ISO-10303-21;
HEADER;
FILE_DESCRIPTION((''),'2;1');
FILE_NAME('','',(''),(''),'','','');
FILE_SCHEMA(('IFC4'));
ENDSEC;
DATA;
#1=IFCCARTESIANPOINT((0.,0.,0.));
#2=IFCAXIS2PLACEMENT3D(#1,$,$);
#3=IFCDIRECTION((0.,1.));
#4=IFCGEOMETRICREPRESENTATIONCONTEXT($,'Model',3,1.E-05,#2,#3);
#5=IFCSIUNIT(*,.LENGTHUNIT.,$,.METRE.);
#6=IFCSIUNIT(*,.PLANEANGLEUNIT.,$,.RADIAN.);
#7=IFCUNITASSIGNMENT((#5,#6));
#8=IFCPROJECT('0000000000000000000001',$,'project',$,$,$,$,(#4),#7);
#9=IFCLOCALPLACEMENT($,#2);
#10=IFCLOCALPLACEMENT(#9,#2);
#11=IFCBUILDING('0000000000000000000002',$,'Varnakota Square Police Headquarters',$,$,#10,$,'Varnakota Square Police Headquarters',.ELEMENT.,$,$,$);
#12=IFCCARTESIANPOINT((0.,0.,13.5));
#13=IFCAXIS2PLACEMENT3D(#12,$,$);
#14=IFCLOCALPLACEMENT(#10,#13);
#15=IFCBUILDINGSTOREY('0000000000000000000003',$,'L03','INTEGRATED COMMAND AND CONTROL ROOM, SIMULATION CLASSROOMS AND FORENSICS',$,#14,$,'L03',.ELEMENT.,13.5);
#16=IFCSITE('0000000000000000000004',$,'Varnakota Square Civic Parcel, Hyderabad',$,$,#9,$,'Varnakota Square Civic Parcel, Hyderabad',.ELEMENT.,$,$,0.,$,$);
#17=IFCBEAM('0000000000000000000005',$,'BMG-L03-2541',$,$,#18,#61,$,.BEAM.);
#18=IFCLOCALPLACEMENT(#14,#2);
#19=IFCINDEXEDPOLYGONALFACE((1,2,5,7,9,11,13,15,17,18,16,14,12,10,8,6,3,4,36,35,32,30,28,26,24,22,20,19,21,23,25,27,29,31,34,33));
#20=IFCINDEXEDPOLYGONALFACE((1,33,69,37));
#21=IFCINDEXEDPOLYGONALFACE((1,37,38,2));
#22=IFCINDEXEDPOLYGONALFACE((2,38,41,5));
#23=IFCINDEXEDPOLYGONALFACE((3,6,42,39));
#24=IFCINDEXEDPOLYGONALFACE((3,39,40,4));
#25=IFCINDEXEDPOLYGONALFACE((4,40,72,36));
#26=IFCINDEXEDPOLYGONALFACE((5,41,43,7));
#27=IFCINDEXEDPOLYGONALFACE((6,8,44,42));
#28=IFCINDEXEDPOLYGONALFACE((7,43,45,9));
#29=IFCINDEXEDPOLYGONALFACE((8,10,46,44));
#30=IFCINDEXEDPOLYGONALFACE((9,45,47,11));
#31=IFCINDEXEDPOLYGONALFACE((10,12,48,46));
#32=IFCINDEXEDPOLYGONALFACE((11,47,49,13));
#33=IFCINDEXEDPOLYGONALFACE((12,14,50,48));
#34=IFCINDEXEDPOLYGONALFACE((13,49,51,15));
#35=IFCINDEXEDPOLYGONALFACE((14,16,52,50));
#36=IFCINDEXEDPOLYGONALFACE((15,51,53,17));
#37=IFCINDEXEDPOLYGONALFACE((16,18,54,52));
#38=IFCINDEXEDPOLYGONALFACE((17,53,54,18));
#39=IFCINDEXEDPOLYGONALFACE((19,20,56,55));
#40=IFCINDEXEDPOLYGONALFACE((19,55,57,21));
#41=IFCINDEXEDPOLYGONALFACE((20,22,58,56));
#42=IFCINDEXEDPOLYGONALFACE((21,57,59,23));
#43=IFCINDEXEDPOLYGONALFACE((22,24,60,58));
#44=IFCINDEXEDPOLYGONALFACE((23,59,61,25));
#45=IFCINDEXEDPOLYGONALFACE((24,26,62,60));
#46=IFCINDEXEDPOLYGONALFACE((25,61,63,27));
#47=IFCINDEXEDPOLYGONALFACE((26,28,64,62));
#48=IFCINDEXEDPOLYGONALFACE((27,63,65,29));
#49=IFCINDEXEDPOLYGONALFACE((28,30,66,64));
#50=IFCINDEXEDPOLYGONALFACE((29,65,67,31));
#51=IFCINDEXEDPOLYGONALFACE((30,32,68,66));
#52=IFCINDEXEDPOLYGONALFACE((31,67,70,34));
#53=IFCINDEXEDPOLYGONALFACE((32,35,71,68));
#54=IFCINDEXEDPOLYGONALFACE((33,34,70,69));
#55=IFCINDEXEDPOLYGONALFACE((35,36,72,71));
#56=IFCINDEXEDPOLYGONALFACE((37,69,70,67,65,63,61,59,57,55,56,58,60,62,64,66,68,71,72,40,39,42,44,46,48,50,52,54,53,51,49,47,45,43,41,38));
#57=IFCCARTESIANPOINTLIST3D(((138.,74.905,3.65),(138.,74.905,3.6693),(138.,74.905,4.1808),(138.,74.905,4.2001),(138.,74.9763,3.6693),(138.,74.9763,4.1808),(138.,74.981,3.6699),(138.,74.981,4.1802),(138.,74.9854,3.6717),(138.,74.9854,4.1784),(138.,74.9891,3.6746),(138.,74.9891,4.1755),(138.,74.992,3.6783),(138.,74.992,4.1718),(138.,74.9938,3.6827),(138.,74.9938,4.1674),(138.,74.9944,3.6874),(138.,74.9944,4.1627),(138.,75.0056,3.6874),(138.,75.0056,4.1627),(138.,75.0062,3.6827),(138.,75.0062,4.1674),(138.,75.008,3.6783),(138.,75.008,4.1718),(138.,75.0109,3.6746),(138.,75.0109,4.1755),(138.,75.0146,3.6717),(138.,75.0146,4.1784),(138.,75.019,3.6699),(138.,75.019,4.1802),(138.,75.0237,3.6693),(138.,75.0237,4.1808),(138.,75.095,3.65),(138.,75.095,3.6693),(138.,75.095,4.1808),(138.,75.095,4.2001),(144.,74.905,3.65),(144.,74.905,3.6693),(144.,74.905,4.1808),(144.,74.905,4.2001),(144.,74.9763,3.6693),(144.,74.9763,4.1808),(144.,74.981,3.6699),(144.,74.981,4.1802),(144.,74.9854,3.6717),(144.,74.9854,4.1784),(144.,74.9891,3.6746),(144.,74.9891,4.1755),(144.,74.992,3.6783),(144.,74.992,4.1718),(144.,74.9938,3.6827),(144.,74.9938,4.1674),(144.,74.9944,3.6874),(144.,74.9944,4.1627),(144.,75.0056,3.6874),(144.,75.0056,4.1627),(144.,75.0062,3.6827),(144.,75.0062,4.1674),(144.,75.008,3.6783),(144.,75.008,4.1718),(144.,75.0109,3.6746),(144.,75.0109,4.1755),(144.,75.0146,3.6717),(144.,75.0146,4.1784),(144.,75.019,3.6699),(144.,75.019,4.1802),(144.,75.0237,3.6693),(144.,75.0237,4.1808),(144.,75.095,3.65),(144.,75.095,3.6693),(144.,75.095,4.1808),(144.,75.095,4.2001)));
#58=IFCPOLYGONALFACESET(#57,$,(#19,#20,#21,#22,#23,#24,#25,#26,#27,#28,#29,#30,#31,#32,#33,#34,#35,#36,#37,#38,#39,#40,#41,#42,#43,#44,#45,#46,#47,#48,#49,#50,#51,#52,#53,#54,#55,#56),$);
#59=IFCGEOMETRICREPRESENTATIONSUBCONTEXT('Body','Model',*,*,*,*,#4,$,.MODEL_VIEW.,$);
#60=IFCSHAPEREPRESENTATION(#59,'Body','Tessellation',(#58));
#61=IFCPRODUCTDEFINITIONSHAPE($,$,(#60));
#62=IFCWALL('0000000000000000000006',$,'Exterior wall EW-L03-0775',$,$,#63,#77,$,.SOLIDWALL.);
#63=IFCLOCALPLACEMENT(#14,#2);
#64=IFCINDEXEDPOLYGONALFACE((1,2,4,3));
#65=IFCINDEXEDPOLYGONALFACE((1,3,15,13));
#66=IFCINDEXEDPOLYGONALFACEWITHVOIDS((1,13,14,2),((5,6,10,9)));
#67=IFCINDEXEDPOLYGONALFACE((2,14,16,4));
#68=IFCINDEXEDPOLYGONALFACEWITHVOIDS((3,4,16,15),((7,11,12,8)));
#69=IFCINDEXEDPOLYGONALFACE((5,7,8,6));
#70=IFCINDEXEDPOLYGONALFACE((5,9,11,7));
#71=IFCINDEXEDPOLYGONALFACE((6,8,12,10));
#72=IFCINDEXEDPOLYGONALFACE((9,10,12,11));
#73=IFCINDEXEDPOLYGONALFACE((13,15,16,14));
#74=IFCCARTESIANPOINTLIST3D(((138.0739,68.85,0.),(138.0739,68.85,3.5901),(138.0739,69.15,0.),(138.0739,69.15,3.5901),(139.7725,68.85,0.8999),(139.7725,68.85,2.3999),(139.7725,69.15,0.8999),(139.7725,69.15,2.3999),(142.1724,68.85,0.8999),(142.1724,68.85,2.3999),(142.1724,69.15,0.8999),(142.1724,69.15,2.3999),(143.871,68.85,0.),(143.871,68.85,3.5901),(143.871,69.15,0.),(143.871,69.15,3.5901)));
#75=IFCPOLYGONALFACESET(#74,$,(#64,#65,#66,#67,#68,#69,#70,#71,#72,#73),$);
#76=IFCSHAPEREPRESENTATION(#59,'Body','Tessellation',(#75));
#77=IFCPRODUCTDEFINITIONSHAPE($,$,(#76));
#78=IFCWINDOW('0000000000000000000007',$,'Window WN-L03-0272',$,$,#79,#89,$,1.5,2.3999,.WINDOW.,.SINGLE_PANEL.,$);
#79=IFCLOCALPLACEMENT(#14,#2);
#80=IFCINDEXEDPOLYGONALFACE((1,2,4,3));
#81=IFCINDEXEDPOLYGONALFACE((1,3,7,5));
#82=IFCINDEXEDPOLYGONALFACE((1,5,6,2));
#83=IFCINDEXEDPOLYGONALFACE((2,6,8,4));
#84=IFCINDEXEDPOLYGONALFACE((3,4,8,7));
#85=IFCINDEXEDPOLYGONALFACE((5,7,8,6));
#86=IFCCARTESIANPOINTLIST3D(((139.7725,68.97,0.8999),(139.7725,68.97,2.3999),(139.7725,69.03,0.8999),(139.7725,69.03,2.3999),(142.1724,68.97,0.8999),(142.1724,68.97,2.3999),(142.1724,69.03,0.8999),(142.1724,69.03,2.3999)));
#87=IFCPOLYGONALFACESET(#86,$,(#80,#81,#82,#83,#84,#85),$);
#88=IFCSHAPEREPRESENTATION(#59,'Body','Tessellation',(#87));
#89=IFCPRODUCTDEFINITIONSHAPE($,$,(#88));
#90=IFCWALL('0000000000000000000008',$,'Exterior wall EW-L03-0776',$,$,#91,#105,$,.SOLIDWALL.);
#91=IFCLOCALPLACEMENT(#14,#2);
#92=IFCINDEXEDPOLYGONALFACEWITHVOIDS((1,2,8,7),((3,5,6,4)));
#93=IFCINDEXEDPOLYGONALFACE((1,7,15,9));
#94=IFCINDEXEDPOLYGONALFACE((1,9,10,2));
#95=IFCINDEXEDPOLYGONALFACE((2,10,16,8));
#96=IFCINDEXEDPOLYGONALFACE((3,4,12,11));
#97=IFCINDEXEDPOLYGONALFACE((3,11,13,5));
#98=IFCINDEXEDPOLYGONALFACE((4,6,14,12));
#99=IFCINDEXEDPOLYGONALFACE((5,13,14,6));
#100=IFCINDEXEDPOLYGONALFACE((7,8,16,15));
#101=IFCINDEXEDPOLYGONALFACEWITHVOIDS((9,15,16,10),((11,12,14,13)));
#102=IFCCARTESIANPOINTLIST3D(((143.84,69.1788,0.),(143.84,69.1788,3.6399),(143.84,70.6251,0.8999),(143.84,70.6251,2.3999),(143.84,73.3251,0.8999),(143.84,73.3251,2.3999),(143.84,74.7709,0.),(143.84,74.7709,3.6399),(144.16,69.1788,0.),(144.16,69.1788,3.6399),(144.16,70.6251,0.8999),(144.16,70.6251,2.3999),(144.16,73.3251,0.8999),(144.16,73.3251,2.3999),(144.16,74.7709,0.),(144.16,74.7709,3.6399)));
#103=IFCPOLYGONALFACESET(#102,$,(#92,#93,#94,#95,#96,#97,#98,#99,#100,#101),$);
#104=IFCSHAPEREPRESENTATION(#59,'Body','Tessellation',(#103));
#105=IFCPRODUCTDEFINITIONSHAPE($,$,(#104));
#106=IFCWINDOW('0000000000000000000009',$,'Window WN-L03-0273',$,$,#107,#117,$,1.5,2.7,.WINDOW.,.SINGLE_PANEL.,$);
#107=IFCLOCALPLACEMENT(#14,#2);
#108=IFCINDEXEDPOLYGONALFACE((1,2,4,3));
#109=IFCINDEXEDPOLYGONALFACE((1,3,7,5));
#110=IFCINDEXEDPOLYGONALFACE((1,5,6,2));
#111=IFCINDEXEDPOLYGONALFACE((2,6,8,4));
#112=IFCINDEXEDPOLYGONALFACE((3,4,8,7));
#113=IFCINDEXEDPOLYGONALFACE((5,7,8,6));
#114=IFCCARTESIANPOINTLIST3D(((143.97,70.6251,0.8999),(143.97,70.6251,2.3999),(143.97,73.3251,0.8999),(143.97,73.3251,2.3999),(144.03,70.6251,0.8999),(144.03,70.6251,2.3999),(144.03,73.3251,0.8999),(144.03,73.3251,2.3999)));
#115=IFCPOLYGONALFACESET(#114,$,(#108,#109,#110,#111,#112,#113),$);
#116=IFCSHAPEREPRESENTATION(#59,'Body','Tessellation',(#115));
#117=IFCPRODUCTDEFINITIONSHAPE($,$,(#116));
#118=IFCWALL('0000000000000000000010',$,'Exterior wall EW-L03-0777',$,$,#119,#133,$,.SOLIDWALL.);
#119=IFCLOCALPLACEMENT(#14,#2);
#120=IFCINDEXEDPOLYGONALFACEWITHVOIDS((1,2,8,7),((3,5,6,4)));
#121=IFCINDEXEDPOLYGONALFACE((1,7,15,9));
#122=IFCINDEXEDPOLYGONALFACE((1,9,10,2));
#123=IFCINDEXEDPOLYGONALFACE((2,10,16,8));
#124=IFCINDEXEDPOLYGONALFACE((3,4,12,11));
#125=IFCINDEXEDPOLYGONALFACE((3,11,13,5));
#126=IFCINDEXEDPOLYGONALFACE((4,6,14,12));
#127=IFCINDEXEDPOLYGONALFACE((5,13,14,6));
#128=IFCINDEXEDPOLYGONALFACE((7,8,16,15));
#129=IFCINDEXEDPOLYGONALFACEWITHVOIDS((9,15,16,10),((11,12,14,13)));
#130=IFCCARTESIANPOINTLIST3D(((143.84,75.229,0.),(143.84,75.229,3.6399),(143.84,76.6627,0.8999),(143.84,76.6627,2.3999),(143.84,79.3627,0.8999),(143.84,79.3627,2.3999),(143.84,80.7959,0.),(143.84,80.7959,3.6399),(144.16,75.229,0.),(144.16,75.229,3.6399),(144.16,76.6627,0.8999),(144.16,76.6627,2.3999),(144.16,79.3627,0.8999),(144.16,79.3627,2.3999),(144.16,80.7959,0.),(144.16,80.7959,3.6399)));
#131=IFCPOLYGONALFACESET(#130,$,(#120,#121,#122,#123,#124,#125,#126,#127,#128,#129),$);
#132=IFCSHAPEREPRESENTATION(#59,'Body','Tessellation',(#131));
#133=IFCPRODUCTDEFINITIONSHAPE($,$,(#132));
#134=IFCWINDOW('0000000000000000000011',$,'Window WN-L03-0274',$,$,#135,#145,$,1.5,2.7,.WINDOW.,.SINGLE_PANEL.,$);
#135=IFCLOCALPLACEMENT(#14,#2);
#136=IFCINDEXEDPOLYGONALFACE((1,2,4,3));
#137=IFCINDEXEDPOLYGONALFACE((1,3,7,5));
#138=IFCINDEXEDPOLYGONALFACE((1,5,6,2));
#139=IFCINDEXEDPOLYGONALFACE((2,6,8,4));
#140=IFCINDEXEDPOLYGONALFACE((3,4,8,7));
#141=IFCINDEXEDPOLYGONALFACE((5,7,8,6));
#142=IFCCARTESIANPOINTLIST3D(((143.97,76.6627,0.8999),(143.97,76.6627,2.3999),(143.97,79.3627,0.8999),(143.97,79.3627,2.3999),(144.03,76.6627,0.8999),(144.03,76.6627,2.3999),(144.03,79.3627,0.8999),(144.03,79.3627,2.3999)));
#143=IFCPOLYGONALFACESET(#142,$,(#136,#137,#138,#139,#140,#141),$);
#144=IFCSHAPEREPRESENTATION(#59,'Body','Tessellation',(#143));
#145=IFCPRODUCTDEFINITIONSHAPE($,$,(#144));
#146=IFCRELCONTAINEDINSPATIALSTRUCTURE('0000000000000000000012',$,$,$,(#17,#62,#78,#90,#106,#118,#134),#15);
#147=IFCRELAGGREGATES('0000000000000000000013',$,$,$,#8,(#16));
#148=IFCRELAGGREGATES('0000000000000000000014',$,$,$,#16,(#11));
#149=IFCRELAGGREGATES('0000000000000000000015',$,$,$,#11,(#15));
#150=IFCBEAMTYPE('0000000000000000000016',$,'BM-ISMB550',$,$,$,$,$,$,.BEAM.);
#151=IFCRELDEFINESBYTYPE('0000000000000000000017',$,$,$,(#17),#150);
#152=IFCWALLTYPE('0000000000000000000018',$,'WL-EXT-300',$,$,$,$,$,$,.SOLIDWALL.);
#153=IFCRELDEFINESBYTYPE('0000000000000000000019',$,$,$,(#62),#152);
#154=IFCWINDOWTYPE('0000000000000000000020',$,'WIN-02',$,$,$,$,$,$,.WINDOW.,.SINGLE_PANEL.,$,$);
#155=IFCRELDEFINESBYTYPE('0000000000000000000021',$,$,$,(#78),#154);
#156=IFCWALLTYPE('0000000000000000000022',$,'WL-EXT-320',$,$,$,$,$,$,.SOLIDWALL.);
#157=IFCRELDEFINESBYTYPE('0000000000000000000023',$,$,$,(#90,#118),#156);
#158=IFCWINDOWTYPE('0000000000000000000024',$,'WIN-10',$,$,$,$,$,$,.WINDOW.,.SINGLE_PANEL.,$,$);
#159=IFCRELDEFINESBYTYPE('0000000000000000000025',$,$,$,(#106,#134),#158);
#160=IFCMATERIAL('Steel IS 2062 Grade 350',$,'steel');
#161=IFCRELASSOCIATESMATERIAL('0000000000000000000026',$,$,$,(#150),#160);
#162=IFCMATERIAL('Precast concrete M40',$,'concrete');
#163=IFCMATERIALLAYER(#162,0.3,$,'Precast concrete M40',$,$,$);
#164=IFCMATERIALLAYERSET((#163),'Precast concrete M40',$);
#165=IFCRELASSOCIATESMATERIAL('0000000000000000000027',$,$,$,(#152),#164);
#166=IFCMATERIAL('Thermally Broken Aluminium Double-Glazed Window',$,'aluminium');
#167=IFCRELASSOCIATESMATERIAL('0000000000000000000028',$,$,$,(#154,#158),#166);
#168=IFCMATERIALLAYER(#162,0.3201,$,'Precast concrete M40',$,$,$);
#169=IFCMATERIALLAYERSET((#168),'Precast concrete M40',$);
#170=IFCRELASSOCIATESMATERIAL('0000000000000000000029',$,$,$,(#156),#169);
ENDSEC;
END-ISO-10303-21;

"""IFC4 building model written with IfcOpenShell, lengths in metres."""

from ifc_helpers import new_model, si_unit, direction, frame, frame_2d, origin, origin_2d, place, context, subcontext, project, spatial, rectangle, i_section, extrude, material, layer, layer_set, material_profile, profile_set, type_object, element, fill, save


model = new_model("IFC4")

# Units and contexts
model_context = context("Model", 3, precision=1e-05, world=origin(), true_north=direction((0.0, 1.0)))
body_context = subcontext(model_context, "Body", "Model", "MODEL_VIEW")
ifc_project = project(units=[si_unit("LENGTHUNIT", "METRE"), si_unit("PLANEANGLEUNIT", "RADIAN")], contexts=[model_context])

# Site, building, storey
site_placement = place(None, origin())
site = spatial("IfcSite", under=ifc_project, at=site_placement, Name="Varnakota Square Civic Parcel, Hyderabad", LongName="Varnakota Square Civic Parcel, Hyderabad", CompositionType="ELEMENT", RefElevation=0.0)
building_placement = place(site_placement, origin())
building = spatial("IfcBuilding", under=site, at=building_placement, Name="Varnakota Square Police Headquarters", LongName="Varnakota Square Police Headquarters", CompositionType="ELEMENT")
storey_placement = place(building_placement, frame((0.0, 0.0, 13.5)))
storey = spatial("IfcBuildingStorey", under=building, at=storey_placement, Name="L03", Description="INTEGRATED COMMAND AND CONTROL ROOM, SIMULATION CLASSROOMS AND FORENSICS", LongName="L03", CompositionType="ELEMENT", Elevation=13.5)

# Shared definitions
ifc_material_1 = material(Name="Steel IS 2062 Grade 350", Category="steel")

# Beam
ifc_material_profile_1 = material_profile(ifc_material_1, i_section(OverallWidth=0.1899, OverallDepth=0.55, WebThickness=0.0112, FlangeThickness=0.0193, FilletRadius=0.0181, at=origin_2d()), Name="ISMB 550")
ifc_profile_set_1 = profile_set([ifc_material_profile_1], Name="Steel IS 2062 Grade 350")
beam_type_1 = type_object("IfcBeamType", Name="BM-ISMB550", PredefinedType="BEAM", material=ifc_profile_set_1)
for number, where, z_axis, x_axis, name in (
    (1, (138.0, 75.0, 3.925), (1.0, 0.0, 0.0), (0.0, 1.0, 0.0), "BMG-L03-2541"),
):
    element("IfcBeam", number, at=place(storey_placement, frame(where, z_axis=z_axis, x_axis=x_axis)), inside=storey, type_object=beam_type_1, Name=name, PredefinedType="BEAM", context=body_context, shape_type="SweptSolid", body=[
        extrude(i_section(OverallWidth=0.1899, OverallDepth=0.55, WebThickness=0.0112, FlangeThickness=0.0193, FilletRadius=0.0181, at=origin_2d()), origin(), (0.0, 0.0, 1.0), 6.0),
    ])

# Walls, openings, windows
ifc_material_2 = material(Name="Precast concrete M40", Category="concrete")
ifc_layer_1 = layer(ifc_material_2, 0.3, Name="Precast concrete M40")
ifc_layer_set_1 = layer_set([ifc_layer_1], Name="Precast concrete M40")
wall_type_1 = type_object("IfcWallType", Name="WL-EXT-300", PredefinedType="SOLIDWALL", material=ifc_layer_set_1)
wall_1_placement = place(storey_placement, frame((138.074, 69.0, 0.0), z_axis=(0.0, 0.0, 1.0), x_axis=(1.0, 0.0, 0.0)))
wall_1 = element("IfcWall", 2, at=wall_1_placement, inside=storey, type_object=wall_type_1, Name="Exterior wall EW-L03-0775", PredefinedType="SOLIDWALL", context=body_context, shape_type="SweptSolid", body=[
    extrude(rectangle(XDim=5.7971, YDim=0.3, at=frame_2d((2.8984, 0.0))), origin(), (0.0, 0.0, 1.0), 3.5901),
])
opening_1_placement = place(wall_1_placement, frame((1.6985, 0.0, 0.8999)))
opening_1 = element("IfcOpeningElement", 3, at=opening_1_placement, cuts=wall_1, PredefinedType="OPENING", context=body_context, shape_type="SweptSolid", body=[
    extrude(rectangle(XDim=2.3999, YDim=1.5, at=frame_2d((1.2, 0.75))), frame((0.0, 0.1599, 0.0), z_axis=(0.0, -1.0, 0.0), x_axis=(1.0, 0.0, 0.0)), (0.0, 0.0, 1.0), 0.3201),
])
ifc_material_3 = material(Name="Thermally Broken Aluminium Double-Glazed Window", Category="aluminium")
window_type_1 = type_object("IfcWindowType", Name="WIN-02", PartitioningType="SINGLE_PANEL", PredefinedType="WINDOW", material=ifc_material_3)
window_1_placement = place(opening_1_placement, origin())
window_1 = element("IfcWindow", 4, at=window_1_placement, inside=storey, type_object=window_type_1, Name="Window WN-L03-0272", OverallHeight=1.5, OverallWidth=2.3999, PartitioningType="SINGLE_PANEL", PredefinedType="WINDOW", context=body_context, shape_type="SweptSolid", body=[
    extrude(rectangle(XDim=2.3999, YDim=1.5, at=frame_2d((1.2, 0.75))), frame((0.0, 0.03, 0.0), z_axis=(0.0, -1.0, 0.0), x_axis=(1.0, 0.0, 0.0)), (0.0, 0.0, 1.0), 0.0601),
])
fill(opening_1, window_1)
ifc_layer_2 = layer(ifc_material_2, 0.3201, Name="Precast concrete M40")
ifc_layer_set_2 = layer_set([ifc_layer_2], Name="Precast concrete M40")
wall_type_2 = type_object("IfcWallType", Name="WL-EXT-320", PredefinedType="SOLIDWALL", material=ifc_layer_set_2)
wall_2_placement = place(storey_placement, frame((144.0, 69.179, 0.0), z_axis=(0.0, 0.0, 1.0), x_axis=(0.0, 1.0, 0.0)))
wall_2 = element("IfcWall", 5, at=wall_2_placement, inside=storey, type_object=wall_type_2, Name="Exterior wall EW-L03-0776", PredefinedType="SOLIDWALL", context=body_context, shape_type="SweptSolid", body=[
    extrude(rectangle(XDim=5.592, YDim=0.3201, at=frame_2d((2.7959, 0.0))), origin(), (0.0, 0.0, 1.0), 3.6399),
])
opening_2_placement = place(wall_2_placement, frame((1.446, 0.0, 0.8999)))
opening_2 = element("IfcOpeningElement", 6, at=opening_2_placement, cuts=wall_2, PredefinedType="OPENING", context=body_context, shape_type="SweptSolid", body=[
    extrude(rectangle(XDim=2.7, YDim=1.5, at=frame_2d((1.3501, 0.75))), frame((0.0, 0.1699, 0.0), z_axis=(0.0, -1.0, 0.0), x_axis=(1.0, 0.0, 0.0)), (0.0, 0.0, 1.0), 0.3401),
])
window_type_2 = type_object("IfcWindowType", Name="WIN-10", PartitioningType="SINGLE_PANEL", PredefinedType="WINDOW", material=ifc_material_3)
window_2_placement = place(opening_2_placement, origin())
window_2 = element("IfcWindow", 7, at=window_2_placement, inside=storey, type_object=window_type_2, Name="Window WN-L03-0273", OverallHeight=1.5, OverallWidth=2.7, PartitioningType="SINGLE_PANEL", PredefinedType="WINDOW", context=body_context, shape_type="SweptSolid", body=[
    extrude(rectangle(XDim=2.7, YDim=1.5, at=frame_2d((1.3501, 0.75))), frame((0.0, 0.03, 0.0), z_axis=(0.0, -1.0, 0.0), x_axis=(1.0, 0.0, 0.0)), (0.0, 0.0, 1.0), 0.0601),
])
fill(opening_2, window_2)
wall_3_placement = place(storey_placement, frame((144.0, 75.229, 0.0), z_axis=(0.0, 0.0, 1.0), x_axis=(0.0, 1.0, 0.0)))
wall_3 = element("IfcWall", 8, at=wall_3_placement, inside=storey, type_object=wall_type_2, Name="Exterior wall EW-L03-0777", PredefinedType="SOLIDWALL", context=body_context, shape_type="SweptSolid", body=[
    extrude(rectangle(XDim=5.5669, YDim=0.3201, at=frame_2d((2.7834, 0.0))), origin(), (0.0, 0.0, 1.0), 3.6399),
])
opening_3_placement = place(wall_3_placement, frame((1.4336, 0.0, 0.8999)))
opening_3 = element("IfcOpeningElement", 9, at=opening_3_placement, cuts=wall_3, PredefinedType="OPENING", context=body_context, shape_type="SweptSolid", body=[
    extrude(rectangle(XDim=2.7, YDim=1.5, at=frame_2d((1.3501, 0.75))), frame((0.0, 0.1699, 0.0), z_axis=(0.0, -1.0, 0.0), x_axis=(1.0, 0.0, 0.0)), (0.0, 0.0, 1.0), 0.3401),
])
window_3_placement = place(opening_3_placement, origin())
window_3 = element("IfcWindow", 10, at=window_3_placement, inside=storey, type_object=window_type_2, Name="Window WN-L03-0274", OverallHeight=1.5, OverallWidth=2.7, PartitioningType="SINGLE_PANEL", PredefinedType="WINDOW", context=body_context, shape_type="SweptSolid", body=[
    extrude(rectangle(XDim=2.7, YDim=1.5, at=frame_2d((1.3501, 0.75))), frame((0.0, 0.03, 0.0), z_axis=(0.0, -1.0, 0.0), x_axis=(1.0, 0.0, 0.0)), (0.0, 0.0, 1.0), 0.0601),
])
fill(opening_3, window_3)

save(model, "model.ifc")
